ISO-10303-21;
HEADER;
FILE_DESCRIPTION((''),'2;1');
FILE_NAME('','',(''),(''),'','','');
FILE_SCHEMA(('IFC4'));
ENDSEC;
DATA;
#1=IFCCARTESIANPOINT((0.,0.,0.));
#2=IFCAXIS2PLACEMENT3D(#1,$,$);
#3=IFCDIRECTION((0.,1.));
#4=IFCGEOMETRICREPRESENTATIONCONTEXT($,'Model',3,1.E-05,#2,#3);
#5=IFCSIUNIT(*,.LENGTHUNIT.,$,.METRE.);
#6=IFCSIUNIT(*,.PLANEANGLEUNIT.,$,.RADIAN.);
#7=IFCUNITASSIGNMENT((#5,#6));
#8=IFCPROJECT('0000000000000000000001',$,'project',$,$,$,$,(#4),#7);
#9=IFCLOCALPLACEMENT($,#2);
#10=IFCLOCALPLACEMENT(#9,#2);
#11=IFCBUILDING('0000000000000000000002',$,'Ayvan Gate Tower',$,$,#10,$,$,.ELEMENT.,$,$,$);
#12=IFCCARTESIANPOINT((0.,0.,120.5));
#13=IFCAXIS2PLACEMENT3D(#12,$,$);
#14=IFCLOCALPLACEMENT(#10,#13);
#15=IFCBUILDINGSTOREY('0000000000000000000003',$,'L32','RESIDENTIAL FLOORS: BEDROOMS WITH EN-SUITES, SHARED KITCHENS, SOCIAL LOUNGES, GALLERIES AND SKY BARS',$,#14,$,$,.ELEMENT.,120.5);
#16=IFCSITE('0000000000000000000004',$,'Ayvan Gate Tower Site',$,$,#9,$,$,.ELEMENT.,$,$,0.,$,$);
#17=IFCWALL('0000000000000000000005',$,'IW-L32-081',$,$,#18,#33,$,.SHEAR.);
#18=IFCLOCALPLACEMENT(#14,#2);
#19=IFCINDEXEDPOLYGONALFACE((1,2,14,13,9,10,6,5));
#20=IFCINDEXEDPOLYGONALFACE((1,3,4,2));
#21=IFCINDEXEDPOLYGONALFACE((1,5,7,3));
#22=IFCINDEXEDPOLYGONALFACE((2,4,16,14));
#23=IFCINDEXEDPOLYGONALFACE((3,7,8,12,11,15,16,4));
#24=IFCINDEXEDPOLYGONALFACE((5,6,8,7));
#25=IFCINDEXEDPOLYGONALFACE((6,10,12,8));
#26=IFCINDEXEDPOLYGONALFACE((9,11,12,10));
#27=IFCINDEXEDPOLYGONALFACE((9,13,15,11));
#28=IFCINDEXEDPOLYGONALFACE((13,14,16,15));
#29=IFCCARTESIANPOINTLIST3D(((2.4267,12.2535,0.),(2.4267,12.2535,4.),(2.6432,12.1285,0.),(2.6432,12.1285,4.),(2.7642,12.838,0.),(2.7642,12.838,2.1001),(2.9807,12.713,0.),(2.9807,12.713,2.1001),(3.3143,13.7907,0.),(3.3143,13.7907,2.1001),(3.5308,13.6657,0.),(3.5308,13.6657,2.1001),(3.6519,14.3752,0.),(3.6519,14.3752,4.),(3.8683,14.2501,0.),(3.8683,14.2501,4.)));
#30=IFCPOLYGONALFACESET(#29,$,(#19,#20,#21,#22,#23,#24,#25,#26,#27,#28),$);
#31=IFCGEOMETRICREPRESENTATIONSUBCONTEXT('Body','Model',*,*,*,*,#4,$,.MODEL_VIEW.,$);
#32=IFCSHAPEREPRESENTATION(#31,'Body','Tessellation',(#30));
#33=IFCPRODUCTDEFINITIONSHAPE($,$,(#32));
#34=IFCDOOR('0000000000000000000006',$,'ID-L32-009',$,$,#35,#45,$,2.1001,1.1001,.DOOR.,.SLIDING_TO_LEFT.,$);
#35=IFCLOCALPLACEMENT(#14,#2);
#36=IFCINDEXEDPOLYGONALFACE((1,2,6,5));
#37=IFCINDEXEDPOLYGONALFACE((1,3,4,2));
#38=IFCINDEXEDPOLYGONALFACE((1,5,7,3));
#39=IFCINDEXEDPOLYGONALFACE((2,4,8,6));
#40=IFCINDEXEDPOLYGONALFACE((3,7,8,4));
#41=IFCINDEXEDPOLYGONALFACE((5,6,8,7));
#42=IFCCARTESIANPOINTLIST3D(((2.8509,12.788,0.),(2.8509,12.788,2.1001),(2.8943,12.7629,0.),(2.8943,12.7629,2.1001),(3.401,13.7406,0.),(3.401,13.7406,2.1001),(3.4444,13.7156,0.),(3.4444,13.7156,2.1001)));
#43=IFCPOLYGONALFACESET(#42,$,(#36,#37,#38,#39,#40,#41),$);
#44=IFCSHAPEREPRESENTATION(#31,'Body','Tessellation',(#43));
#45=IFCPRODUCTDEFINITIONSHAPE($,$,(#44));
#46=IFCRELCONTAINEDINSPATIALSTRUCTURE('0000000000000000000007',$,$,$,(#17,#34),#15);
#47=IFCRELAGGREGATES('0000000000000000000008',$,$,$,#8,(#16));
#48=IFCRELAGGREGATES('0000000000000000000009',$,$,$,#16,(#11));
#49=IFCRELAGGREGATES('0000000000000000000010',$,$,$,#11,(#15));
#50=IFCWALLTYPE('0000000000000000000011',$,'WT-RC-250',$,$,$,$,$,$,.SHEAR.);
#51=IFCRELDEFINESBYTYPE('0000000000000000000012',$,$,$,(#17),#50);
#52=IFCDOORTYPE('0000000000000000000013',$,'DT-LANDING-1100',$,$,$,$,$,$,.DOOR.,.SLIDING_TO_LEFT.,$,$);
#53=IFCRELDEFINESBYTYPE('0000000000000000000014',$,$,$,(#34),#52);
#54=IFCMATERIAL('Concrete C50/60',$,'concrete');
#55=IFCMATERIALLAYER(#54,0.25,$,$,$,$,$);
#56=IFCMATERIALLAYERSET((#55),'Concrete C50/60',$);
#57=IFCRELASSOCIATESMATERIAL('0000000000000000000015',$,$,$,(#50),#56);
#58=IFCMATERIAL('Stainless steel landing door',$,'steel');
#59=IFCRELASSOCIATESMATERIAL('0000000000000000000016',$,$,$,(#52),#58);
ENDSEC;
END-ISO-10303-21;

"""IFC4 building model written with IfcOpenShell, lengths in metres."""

from ifc_helpers import new_model, si_unit, direction, frame, frame_2d, origin, place, context, subcontext, project, spatial, rectangle, extrude, material, layer, layer_set, type_object, element, fill, save


model = new_model("IFC4")

# Units and contexts
model_context = context("Model", 3, precision=1e-05, world=origin(), true_north=direction((0.0, 1.0)))
body_context = subcontext(model_context, "Body", "Model", "MODEL_VIEW")
ifc_project = project(units=[si_unit("LENGTHUNIT", "METRE"), si_unit("PLANEANGLEUNIT", "RADIAN")], contexts=[model_context])

# Site, building, storey
site_placement = place(None, origin())
site = spatial("IfcSite", under=ifc_project, at=site_placement, Name="Ayvan Gate Tower Site", CompositionType="ELEMENT", RefElevation=0.0)
building_placement = place(site_placement, origin())
building = spatial("IfcBuilding", under=site, at=building_placement, Name="Ayvan Gate Tower", CompositionType="ELEMENT")
storey_placement = place(building_placement, frame((0.0, 0.0, 120.5)))
storey = spatial("IfcBuildingStorey", under=building, at=storey_placement, Name="L32", Description="RESIDENTIAL FLOORS: BEDROOMS WITH EN-SUITES, SHARED KITCHENS, SOCIAL LOUNGES, GALLERIES AND SKY BARS", CompositionType="ELEMENT", Elevation=120.5)

# Shared definitions
ifc_material_1 = material(Name="Concrete C50/60", Category="concrete")
ifc_layer_1 = layer(ifc_material_1, 0.25)
ifc_layer_set_1 = layer_set([ifc_layer_1], Name="Concrete C50/60")
wall_type_1 = type_object("IfcWallType", Name="WT-RC-250", PredefinedType="SHEAR", material=ifc_layer_set_1)

# Wall, opening, door
wall_1_placement = place(storey_placement, frame((2.5349, 12.1909, 0.0), z_axis=(0.0, 0.0, 1.0), x_axis=(0.500062, 0.86599, 0.0)))
wall_1 = element("IfcWall", 1, at=wall_1_placement, inside=storey, type_object=wall_type_1, Name="IW-L32-081", PredefinedType="SHEAR", context=body_context, shape_type="SweptSolid", body=[
    extrude(rectangle(XDim=2.45, YDim=0.25, at=frame_2d((1.2251, 0.0))), origin(), (0.0, 0.0, 1.0), 4.0),
])
opening_1_placement = place(wall_1_placement, frame((0.675, 0.0, 0.0)))
opening_1 = element("IfcOpeningElement", 2, at=opening_1_placement, cuts=wall_1, PredefinedType="OPENING", context=body_context, shape_type="SweptSolid", body=[
    extrude(rectangle(XDim=1.1001, YDim=2.1001, at=frame_2d((0.55, 1.05))), frame((0.0, 0.135, 0.0), z_axis=(0.0, -1.0, 0.0), x_axis=(1.0, 0.0, 0.0)), (0.0, 0.0, 1.0), 0.27),
])
ifc_material_2 = material(Name="Stainless steel landing door", Category="steel")
door_type_1 = type_object("IfcDoorType", Name="DT-LANDING-1100", OperationType="SLIDING_TO_LEFT", PredefinedType="DOOR", material=ifc_material_2)
door_1_placement = place(opening_1_placement, origin())
door_1 = element("IfcDoor", 3, at=door_1_placement, inside=storey, type_object=door_type_1, Name="ID-L32-009", OperationType="SLIDING_TO_LEFT", OverallHeight=2.1001, OverallWidth=1.1001, PredefinedType="DOOR", context=body_context, shape_type="SweptSolid", body=[
    extrude(rectangle(XDim=1.1001, YDim=2.1001, at=frame_2d((0.55, 1.05))), frame((0.0, 0.0249, 0.0), z_axis=(0.0, -1.0, 0.0), x_axis=(1.0, 0.0, 0.0)), (0.0, 0.0, 1.0), 0.05),
])
fill(opening_1, door_1)

save(model, "model.ifc")
